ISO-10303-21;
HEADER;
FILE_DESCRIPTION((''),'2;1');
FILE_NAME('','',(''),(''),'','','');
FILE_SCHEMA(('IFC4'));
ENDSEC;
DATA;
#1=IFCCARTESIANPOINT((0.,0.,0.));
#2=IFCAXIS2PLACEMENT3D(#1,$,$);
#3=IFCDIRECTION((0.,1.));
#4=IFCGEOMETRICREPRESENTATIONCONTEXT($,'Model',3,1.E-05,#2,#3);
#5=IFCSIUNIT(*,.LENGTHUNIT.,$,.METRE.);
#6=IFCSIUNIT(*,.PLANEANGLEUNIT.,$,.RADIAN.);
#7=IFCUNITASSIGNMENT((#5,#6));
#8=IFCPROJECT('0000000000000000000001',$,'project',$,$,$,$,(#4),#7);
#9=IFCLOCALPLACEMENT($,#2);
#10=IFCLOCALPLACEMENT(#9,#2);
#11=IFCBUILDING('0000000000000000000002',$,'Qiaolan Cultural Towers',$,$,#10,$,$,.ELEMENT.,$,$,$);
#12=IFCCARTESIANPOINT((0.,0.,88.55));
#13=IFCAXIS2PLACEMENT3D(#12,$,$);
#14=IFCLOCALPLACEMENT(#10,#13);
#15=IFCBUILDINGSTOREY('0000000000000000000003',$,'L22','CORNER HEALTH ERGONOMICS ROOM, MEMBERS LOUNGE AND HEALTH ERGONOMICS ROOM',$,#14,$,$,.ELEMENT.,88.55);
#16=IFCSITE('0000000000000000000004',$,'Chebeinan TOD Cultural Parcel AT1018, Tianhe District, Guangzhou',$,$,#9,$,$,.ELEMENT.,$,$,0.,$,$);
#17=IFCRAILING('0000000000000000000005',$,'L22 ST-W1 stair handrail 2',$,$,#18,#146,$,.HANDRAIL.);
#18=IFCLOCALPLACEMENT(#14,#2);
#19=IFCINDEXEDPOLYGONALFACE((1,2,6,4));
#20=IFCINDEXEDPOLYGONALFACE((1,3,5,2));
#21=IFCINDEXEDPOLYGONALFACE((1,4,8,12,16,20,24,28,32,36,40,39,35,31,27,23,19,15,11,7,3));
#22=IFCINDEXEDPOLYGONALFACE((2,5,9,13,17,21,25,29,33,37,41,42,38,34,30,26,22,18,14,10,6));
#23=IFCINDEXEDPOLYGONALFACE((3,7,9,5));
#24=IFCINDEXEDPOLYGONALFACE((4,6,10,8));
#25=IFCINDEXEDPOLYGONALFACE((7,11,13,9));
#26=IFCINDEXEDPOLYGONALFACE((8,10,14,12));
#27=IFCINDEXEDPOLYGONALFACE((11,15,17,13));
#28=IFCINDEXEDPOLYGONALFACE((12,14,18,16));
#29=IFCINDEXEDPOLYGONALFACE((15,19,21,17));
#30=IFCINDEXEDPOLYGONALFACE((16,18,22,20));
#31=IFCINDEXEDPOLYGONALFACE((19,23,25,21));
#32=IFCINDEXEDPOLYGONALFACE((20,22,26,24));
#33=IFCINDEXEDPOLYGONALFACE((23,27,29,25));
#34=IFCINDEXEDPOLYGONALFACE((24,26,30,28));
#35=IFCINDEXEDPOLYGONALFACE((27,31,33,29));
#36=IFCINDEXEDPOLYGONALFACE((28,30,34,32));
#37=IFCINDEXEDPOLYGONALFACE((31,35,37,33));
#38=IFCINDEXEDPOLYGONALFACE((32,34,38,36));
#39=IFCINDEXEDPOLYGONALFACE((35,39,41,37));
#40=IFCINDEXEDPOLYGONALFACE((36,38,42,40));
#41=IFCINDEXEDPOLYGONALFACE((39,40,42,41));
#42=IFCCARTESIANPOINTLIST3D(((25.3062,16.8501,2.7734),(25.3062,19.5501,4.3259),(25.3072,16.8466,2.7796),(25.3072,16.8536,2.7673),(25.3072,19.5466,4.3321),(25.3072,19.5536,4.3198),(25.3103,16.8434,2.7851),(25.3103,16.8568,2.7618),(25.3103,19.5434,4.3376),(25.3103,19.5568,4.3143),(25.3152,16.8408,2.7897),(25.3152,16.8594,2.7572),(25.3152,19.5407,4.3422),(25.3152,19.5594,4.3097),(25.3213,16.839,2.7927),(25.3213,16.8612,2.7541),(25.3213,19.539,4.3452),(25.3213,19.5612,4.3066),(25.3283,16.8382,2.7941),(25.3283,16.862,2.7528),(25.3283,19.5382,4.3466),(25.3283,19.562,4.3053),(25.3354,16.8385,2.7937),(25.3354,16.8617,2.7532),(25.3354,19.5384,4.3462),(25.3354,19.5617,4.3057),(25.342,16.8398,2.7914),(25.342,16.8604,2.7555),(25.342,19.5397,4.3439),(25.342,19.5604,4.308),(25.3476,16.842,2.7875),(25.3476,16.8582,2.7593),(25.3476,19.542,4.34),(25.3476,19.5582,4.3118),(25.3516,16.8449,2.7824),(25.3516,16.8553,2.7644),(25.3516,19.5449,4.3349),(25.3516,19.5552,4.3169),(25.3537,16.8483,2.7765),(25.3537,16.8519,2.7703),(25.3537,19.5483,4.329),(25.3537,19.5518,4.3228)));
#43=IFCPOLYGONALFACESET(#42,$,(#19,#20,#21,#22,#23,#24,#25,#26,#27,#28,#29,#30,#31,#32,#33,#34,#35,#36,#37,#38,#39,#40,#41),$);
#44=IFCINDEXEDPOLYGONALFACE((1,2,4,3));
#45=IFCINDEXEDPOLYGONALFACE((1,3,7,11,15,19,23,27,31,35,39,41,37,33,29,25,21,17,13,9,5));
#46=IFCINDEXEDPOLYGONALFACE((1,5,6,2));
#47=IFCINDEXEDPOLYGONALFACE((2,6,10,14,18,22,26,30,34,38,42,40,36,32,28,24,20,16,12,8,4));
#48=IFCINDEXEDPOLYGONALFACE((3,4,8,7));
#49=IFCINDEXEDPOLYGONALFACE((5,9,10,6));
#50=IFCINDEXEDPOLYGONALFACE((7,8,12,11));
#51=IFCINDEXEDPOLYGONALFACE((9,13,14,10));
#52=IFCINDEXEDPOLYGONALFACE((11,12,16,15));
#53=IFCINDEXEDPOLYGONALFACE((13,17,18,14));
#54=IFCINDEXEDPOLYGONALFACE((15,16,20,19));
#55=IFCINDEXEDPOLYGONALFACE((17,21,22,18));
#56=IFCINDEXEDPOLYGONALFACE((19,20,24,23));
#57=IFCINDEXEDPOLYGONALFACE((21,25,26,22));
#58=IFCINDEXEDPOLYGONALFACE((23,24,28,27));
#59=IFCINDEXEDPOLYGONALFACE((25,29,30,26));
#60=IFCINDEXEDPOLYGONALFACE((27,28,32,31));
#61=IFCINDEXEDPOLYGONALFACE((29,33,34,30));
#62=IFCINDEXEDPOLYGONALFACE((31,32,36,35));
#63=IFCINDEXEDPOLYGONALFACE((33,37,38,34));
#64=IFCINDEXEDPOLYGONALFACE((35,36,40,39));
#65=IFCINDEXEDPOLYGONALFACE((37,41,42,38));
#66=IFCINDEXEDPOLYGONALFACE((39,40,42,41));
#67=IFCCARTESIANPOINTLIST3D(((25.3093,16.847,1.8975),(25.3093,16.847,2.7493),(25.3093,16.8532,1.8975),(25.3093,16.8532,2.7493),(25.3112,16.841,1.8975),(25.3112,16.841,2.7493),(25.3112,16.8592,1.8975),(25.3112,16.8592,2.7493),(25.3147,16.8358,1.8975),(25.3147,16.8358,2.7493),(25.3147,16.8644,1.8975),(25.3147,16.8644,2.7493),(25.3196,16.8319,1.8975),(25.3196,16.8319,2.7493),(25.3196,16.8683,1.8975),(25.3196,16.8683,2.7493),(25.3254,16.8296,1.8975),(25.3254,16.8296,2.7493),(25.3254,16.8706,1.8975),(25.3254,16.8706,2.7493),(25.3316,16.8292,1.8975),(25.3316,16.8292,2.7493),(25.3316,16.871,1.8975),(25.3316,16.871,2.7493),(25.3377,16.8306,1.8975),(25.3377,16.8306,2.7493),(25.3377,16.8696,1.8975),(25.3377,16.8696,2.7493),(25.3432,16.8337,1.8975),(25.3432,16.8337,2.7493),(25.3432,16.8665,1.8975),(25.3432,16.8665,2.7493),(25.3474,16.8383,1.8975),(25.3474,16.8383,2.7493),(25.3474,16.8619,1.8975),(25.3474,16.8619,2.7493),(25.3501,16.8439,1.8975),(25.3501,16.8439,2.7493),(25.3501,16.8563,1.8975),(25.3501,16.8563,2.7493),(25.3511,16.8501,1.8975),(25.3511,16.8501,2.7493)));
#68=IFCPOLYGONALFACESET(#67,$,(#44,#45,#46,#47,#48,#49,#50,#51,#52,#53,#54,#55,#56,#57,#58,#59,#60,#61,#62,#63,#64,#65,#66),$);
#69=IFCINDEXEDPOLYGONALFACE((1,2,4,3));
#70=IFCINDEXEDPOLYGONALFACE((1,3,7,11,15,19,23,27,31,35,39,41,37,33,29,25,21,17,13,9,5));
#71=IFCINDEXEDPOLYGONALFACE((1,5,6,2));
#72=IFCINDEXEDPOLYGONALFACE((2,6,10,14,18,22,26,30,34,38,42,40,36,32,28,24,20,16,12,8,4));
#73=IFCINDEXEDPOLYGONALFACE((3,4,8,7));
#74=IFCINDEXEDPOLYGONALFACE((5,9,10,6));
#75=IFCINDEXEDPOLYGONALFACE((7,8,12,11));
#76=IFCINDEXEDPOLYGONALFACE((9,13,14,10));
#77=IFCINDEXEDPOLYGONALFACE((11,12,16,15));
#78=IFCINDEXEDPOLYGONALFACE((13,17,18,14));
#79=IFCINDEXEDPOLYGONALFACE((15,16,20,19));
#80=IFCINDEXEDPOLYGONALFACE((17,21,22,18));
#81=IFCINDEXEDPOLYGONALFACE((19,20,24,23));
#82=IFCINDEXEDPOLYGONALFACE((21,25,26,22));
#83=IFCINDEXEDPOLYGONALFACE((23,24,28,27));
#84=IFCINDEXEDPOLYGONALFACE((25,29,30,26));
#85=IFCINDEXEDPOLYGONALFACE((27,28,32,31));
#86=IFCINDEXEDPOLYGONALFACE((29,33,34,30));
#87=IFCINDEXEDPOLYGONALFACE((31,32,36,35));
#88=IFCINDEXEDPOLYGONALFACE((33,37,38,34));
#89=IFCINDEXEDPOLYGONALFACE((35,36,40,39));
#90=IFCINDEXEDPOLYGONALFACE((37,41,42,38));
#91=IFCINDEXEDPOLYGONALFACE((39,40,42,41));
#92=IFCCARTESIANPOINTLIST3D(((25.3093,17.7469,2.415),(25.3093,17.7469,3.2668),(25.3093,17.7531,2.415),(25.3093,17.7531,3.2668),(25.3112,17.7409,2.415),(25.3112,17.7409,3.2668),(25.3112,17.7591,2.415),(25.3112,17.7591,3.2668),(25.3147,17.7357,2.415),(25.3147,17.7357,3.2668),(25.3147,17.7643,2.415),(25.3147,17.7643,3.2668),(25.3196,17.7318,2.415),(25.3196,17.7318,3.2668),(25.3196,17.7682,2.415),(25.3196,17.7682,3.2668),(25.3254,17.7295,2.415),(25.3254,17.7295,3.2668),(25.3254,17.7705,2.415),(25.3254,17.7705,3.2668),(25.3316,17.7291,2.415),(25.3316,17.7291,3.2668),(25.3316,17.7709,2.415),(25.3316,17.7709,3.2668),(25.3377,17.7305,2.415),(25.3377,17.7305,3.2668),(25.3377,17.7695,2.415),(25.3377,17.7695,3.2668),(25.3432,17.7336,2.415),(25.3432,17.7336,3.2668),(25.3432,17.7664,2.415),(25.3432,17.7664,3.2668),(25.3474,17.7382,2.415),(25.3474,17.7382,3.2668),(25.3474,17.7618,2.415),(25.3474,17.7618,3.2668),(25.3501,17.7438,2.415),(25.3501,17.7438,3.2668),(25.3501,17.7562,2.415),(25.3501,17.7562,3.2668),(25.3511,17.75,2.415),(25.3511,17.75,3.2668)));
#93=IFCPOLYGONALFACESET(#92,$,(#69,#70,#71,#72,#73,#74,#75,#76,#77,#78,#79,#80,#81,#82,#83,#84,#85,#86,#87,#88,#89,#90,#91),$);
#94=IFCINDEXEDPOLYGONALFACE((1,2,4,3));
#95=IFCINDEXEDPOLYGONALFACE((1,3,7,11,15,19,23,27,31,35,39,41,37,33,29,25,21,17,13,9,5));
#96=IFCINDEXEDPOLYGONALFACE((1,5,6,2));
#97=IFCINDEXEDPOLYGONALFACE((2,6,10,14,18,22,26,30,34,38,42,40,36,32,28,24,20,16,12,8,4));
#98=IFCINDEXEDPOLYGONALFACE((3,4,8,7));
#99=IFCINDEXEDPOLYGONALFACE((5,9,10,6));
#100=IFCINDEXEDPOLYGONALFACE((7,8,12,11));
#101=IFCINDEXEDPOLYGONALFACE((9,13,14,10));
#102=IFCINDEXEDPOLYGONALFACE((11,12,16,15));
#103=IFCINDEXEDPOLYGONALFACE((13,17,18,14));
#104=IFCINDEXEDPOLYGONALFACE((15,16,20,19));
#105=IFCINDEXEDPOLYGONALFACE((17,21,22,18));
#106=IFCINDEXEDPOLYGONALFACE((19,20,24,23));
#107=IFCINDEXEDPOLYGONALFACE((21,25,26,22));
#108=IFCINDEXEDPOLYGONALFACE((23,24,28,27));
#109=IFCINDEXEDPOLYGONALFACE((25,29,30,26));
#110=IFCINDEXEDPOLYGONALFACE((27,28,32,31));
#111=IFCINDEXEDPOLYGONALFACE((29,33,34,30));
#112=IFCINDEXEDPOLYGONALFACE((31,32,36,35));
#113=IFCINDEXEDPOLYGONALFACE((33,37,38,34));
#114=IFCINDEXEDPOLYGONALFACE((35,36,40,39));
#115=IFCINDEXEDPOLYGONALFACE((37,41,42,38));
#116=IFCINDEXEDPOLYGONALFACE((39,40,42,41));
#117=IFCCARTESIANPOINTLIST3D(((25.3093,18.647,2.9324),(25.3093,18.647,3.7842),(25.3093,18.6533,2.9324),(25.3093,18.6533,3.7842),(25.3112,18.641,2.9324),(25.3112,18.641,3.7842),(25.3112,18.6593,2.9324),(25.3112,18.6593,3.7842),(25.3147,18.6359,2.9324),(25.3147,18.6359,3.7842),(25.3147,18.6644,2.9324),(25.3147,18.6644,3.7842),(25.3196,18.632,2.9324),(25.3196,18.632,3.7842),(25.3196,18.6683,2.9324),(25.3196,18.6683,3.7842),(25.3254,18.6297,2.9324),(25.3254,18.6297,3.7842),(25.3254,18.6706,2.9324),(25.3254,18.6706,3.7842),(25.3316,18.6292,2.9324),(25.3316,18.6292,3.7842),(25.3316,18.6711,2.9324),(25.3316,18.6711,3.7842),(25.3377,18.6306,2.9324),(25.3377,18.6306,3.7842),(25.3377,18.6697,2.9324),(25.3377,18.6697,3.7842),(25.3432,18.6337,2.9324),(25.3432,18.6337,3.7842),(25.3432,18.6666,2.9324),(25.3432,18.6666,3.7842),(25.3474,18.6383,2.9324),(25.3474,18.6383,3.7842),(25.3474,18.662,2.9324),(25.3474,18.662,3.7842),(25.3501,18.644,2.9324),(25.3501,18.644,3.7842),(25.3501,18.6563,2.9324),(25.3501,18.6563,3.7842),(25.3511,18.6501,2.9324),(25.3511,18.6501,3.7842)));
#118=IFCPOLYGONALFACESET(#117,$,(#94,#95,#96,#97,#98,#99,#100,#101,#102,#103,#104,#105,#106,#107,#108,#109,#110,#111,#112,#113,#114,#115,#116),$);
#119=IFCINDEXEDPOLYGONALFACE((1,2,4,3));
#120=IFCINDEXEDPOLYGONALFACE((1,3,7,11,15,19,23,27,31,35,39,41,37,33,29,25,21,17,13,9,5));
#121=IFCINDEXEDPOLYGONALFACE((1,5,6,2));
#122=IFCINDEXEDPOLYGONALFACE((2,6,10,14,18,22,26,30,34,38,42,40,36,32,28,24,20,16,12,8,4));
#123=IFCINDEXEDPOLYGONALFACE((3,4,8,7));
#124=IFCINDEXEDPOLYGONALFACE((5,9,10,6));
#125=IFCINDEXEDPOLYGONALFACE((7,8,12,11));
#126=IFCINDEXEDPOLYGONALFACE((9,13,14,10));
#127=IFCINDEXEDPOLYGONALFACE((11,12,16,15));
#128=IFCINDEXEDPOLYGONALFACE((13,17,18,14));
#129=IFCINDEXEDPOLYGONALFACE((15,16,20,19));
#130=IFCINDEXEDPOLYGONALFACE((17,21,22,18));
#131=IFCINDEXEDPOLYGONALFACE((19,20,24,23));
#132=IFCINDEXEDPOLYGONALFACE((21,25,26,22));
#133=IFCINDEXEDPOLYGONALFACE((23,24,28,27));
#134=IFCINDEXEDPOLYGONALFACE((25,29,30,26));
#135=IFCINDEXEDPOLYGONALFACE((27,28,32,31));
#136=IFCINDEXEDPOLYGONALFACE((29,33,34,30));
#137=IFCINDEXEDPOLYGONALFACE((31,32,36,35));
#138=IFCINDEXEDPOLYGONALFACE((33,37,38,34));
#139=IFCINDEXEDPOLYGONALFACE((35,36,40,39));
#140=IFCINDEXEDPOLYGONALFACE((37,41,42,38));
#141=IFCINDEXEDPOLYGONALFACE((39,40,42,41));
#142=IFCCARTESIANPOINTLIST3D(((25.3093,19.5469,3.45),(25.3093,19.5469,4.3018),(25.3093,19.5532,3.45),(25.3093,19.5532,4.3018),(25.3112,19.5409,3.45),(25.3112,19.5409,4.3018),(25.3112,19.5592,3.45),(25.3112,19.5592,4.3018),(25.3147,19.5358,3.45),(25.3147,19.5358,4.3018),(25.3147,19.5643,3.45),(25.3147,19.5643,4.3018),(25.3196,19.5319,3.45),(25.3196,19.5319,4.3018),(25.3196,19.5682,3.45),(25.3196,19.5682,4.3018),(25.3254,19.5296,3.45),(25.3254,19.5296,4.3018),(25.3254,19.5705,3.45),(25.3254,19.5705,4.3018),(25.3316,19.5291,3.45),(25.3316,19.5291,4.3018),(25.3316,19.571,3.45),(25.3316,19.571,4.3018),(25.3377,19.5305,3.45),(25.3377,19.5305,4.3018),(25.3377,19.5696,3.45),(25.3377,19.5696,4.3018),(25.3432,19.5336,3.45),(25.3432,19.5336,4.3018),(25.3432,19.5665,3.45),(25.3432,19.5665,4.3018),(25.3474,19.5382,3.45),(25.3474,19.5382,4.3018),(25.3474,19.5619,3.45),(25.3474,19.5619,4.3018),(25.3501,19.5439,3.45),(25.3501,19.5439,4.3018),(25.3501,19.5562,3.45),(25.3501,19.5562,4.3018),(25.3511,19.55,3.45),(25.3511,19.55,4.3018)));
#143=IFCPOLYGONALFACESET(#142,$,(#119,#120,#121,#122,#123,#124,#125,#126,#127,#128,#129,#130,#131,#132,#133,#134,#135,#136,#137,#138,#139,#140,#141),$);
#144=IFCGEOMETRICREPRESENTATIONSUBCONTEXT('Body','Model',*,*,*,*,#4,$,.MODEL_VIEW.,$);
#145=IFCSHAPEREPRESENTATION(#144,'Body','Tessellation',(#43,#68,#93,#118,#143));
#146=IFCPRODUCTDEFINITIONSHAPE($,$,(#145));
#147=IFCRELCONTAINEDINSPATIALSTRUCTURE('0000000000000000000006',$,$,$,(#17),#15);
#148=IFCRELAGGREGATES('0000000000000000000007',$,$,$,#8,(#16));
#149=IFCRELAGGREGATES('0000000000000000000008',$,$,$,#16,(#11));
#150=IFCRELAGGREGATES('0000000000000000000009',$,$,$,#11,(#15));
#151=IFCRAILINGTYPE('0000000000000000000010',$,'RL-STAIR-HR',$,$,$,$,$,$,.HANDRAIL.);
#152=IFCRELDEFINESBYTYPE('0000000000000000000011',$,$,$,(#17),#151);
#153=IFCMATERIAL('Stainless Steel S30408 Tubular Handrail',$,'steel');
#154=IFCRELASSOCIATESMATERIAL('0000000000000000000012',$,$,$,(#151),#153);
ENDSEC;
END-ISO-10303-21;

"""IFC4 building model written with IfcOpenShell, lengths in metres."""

from ifc_helpers import new_model, si_unit, direction, frame, origin, origin_2d, place, context, subcontext, project, spatial, circle, extrude, material, type_object, element, save


model = new_model("IFC4")

# Units and contexts
model_context = context("Model", 3, precision=1e-05, world=origin(), true_north=direction((0.0, 1.0)))
body_context = subcontext(model_context, "Body", "Model", "MODEL_VIEW")
ifc_project = project(units=[si_unit("LENGTHUNIT", "METRE"), si_unit("PLANEANGLEUNIT", "RADIAN")], contexts=[model_context])

# Site, building, storey
site_placement = place(None, origin())
site = spatial("IfcSite", under=ifc_project, at=site_placement, Name="Chebeinan TOD Cultural Parcel AT1018, Tianhe District, Guangzhou", CompositionType="ELEMENT", RefElevation=0.0)
building_placement = place(site_placement, origin())
building = spatial("IfcBuilding", under=site, at=building_placement, Name="Qiaolan Cultural Towers", CompositionType="ELEMENT")
storey_placement = place(building_placement, frame((0.0, 0.0, 88.55)))
storey = spatial("IfcBuildingStorey", under=building, at=storey_placement, Name="L22", Description="CORNER HEALTH ERGONOMICS ROOM, MEMBERS LOUNGE AND HEALTH ERGONOMICS ROOM", CompositionType="ELEMENT", Elevation=88.55)

# Railing
ifc_material_1 = material(Name="Stainless Steel S30408 Tubular Handrail", Category="steel")
railing_type_1 = type_object("IfcRailingType", Name="RL-STAIR-HR", PredefinedType="HANDRAIL", material=ifc_material_1)
railing_1_placement = place(storey_placement, frame((25.3301, 16.8501, 1.8975)))
element("IfcRailing", 1, at=railing_1_placement, inside=storey, type_object=railing_type_1, Name="L22 ST-W1 stair handrail 2", PredefinedType="HANDRAIL", context=body_context, shape_type="SweptSolid", body=[
    extrude(circle(Radius=0.0239, at=origin_2d()), frame((0.0, 0.0, 0.876), z_axis=(0.0, 0.866904, 0.498476), x_axis=(-1.0, 0.0, 0.0)), (0.0, 0.0, 1.0), 3.1145),
    extrude(circle(Radius=0.021, at=origin_2d()), origin(), (0.0, 0.0, 1.0), 0.8518),
    extrude(circle(Radius=0.021, at=origin_2d()), frame((0.0, 0.8999, 0.5176)), (0.0, 0.0, 1.0), 0.8518),
    extrude(circle(Radius=0.021, at=origin_2d()), frame((0.0, 1.8, 1.0349)), (0.0, 0.0, 1.0), 0.8518),
    extrude(circle(Radius=0.021, at=origin_2d()), frame((0.0, 2.7, 1.5525)), (0.0, 0.0, 1.0), 0.8518),
])

save(model, "model.ifc")
